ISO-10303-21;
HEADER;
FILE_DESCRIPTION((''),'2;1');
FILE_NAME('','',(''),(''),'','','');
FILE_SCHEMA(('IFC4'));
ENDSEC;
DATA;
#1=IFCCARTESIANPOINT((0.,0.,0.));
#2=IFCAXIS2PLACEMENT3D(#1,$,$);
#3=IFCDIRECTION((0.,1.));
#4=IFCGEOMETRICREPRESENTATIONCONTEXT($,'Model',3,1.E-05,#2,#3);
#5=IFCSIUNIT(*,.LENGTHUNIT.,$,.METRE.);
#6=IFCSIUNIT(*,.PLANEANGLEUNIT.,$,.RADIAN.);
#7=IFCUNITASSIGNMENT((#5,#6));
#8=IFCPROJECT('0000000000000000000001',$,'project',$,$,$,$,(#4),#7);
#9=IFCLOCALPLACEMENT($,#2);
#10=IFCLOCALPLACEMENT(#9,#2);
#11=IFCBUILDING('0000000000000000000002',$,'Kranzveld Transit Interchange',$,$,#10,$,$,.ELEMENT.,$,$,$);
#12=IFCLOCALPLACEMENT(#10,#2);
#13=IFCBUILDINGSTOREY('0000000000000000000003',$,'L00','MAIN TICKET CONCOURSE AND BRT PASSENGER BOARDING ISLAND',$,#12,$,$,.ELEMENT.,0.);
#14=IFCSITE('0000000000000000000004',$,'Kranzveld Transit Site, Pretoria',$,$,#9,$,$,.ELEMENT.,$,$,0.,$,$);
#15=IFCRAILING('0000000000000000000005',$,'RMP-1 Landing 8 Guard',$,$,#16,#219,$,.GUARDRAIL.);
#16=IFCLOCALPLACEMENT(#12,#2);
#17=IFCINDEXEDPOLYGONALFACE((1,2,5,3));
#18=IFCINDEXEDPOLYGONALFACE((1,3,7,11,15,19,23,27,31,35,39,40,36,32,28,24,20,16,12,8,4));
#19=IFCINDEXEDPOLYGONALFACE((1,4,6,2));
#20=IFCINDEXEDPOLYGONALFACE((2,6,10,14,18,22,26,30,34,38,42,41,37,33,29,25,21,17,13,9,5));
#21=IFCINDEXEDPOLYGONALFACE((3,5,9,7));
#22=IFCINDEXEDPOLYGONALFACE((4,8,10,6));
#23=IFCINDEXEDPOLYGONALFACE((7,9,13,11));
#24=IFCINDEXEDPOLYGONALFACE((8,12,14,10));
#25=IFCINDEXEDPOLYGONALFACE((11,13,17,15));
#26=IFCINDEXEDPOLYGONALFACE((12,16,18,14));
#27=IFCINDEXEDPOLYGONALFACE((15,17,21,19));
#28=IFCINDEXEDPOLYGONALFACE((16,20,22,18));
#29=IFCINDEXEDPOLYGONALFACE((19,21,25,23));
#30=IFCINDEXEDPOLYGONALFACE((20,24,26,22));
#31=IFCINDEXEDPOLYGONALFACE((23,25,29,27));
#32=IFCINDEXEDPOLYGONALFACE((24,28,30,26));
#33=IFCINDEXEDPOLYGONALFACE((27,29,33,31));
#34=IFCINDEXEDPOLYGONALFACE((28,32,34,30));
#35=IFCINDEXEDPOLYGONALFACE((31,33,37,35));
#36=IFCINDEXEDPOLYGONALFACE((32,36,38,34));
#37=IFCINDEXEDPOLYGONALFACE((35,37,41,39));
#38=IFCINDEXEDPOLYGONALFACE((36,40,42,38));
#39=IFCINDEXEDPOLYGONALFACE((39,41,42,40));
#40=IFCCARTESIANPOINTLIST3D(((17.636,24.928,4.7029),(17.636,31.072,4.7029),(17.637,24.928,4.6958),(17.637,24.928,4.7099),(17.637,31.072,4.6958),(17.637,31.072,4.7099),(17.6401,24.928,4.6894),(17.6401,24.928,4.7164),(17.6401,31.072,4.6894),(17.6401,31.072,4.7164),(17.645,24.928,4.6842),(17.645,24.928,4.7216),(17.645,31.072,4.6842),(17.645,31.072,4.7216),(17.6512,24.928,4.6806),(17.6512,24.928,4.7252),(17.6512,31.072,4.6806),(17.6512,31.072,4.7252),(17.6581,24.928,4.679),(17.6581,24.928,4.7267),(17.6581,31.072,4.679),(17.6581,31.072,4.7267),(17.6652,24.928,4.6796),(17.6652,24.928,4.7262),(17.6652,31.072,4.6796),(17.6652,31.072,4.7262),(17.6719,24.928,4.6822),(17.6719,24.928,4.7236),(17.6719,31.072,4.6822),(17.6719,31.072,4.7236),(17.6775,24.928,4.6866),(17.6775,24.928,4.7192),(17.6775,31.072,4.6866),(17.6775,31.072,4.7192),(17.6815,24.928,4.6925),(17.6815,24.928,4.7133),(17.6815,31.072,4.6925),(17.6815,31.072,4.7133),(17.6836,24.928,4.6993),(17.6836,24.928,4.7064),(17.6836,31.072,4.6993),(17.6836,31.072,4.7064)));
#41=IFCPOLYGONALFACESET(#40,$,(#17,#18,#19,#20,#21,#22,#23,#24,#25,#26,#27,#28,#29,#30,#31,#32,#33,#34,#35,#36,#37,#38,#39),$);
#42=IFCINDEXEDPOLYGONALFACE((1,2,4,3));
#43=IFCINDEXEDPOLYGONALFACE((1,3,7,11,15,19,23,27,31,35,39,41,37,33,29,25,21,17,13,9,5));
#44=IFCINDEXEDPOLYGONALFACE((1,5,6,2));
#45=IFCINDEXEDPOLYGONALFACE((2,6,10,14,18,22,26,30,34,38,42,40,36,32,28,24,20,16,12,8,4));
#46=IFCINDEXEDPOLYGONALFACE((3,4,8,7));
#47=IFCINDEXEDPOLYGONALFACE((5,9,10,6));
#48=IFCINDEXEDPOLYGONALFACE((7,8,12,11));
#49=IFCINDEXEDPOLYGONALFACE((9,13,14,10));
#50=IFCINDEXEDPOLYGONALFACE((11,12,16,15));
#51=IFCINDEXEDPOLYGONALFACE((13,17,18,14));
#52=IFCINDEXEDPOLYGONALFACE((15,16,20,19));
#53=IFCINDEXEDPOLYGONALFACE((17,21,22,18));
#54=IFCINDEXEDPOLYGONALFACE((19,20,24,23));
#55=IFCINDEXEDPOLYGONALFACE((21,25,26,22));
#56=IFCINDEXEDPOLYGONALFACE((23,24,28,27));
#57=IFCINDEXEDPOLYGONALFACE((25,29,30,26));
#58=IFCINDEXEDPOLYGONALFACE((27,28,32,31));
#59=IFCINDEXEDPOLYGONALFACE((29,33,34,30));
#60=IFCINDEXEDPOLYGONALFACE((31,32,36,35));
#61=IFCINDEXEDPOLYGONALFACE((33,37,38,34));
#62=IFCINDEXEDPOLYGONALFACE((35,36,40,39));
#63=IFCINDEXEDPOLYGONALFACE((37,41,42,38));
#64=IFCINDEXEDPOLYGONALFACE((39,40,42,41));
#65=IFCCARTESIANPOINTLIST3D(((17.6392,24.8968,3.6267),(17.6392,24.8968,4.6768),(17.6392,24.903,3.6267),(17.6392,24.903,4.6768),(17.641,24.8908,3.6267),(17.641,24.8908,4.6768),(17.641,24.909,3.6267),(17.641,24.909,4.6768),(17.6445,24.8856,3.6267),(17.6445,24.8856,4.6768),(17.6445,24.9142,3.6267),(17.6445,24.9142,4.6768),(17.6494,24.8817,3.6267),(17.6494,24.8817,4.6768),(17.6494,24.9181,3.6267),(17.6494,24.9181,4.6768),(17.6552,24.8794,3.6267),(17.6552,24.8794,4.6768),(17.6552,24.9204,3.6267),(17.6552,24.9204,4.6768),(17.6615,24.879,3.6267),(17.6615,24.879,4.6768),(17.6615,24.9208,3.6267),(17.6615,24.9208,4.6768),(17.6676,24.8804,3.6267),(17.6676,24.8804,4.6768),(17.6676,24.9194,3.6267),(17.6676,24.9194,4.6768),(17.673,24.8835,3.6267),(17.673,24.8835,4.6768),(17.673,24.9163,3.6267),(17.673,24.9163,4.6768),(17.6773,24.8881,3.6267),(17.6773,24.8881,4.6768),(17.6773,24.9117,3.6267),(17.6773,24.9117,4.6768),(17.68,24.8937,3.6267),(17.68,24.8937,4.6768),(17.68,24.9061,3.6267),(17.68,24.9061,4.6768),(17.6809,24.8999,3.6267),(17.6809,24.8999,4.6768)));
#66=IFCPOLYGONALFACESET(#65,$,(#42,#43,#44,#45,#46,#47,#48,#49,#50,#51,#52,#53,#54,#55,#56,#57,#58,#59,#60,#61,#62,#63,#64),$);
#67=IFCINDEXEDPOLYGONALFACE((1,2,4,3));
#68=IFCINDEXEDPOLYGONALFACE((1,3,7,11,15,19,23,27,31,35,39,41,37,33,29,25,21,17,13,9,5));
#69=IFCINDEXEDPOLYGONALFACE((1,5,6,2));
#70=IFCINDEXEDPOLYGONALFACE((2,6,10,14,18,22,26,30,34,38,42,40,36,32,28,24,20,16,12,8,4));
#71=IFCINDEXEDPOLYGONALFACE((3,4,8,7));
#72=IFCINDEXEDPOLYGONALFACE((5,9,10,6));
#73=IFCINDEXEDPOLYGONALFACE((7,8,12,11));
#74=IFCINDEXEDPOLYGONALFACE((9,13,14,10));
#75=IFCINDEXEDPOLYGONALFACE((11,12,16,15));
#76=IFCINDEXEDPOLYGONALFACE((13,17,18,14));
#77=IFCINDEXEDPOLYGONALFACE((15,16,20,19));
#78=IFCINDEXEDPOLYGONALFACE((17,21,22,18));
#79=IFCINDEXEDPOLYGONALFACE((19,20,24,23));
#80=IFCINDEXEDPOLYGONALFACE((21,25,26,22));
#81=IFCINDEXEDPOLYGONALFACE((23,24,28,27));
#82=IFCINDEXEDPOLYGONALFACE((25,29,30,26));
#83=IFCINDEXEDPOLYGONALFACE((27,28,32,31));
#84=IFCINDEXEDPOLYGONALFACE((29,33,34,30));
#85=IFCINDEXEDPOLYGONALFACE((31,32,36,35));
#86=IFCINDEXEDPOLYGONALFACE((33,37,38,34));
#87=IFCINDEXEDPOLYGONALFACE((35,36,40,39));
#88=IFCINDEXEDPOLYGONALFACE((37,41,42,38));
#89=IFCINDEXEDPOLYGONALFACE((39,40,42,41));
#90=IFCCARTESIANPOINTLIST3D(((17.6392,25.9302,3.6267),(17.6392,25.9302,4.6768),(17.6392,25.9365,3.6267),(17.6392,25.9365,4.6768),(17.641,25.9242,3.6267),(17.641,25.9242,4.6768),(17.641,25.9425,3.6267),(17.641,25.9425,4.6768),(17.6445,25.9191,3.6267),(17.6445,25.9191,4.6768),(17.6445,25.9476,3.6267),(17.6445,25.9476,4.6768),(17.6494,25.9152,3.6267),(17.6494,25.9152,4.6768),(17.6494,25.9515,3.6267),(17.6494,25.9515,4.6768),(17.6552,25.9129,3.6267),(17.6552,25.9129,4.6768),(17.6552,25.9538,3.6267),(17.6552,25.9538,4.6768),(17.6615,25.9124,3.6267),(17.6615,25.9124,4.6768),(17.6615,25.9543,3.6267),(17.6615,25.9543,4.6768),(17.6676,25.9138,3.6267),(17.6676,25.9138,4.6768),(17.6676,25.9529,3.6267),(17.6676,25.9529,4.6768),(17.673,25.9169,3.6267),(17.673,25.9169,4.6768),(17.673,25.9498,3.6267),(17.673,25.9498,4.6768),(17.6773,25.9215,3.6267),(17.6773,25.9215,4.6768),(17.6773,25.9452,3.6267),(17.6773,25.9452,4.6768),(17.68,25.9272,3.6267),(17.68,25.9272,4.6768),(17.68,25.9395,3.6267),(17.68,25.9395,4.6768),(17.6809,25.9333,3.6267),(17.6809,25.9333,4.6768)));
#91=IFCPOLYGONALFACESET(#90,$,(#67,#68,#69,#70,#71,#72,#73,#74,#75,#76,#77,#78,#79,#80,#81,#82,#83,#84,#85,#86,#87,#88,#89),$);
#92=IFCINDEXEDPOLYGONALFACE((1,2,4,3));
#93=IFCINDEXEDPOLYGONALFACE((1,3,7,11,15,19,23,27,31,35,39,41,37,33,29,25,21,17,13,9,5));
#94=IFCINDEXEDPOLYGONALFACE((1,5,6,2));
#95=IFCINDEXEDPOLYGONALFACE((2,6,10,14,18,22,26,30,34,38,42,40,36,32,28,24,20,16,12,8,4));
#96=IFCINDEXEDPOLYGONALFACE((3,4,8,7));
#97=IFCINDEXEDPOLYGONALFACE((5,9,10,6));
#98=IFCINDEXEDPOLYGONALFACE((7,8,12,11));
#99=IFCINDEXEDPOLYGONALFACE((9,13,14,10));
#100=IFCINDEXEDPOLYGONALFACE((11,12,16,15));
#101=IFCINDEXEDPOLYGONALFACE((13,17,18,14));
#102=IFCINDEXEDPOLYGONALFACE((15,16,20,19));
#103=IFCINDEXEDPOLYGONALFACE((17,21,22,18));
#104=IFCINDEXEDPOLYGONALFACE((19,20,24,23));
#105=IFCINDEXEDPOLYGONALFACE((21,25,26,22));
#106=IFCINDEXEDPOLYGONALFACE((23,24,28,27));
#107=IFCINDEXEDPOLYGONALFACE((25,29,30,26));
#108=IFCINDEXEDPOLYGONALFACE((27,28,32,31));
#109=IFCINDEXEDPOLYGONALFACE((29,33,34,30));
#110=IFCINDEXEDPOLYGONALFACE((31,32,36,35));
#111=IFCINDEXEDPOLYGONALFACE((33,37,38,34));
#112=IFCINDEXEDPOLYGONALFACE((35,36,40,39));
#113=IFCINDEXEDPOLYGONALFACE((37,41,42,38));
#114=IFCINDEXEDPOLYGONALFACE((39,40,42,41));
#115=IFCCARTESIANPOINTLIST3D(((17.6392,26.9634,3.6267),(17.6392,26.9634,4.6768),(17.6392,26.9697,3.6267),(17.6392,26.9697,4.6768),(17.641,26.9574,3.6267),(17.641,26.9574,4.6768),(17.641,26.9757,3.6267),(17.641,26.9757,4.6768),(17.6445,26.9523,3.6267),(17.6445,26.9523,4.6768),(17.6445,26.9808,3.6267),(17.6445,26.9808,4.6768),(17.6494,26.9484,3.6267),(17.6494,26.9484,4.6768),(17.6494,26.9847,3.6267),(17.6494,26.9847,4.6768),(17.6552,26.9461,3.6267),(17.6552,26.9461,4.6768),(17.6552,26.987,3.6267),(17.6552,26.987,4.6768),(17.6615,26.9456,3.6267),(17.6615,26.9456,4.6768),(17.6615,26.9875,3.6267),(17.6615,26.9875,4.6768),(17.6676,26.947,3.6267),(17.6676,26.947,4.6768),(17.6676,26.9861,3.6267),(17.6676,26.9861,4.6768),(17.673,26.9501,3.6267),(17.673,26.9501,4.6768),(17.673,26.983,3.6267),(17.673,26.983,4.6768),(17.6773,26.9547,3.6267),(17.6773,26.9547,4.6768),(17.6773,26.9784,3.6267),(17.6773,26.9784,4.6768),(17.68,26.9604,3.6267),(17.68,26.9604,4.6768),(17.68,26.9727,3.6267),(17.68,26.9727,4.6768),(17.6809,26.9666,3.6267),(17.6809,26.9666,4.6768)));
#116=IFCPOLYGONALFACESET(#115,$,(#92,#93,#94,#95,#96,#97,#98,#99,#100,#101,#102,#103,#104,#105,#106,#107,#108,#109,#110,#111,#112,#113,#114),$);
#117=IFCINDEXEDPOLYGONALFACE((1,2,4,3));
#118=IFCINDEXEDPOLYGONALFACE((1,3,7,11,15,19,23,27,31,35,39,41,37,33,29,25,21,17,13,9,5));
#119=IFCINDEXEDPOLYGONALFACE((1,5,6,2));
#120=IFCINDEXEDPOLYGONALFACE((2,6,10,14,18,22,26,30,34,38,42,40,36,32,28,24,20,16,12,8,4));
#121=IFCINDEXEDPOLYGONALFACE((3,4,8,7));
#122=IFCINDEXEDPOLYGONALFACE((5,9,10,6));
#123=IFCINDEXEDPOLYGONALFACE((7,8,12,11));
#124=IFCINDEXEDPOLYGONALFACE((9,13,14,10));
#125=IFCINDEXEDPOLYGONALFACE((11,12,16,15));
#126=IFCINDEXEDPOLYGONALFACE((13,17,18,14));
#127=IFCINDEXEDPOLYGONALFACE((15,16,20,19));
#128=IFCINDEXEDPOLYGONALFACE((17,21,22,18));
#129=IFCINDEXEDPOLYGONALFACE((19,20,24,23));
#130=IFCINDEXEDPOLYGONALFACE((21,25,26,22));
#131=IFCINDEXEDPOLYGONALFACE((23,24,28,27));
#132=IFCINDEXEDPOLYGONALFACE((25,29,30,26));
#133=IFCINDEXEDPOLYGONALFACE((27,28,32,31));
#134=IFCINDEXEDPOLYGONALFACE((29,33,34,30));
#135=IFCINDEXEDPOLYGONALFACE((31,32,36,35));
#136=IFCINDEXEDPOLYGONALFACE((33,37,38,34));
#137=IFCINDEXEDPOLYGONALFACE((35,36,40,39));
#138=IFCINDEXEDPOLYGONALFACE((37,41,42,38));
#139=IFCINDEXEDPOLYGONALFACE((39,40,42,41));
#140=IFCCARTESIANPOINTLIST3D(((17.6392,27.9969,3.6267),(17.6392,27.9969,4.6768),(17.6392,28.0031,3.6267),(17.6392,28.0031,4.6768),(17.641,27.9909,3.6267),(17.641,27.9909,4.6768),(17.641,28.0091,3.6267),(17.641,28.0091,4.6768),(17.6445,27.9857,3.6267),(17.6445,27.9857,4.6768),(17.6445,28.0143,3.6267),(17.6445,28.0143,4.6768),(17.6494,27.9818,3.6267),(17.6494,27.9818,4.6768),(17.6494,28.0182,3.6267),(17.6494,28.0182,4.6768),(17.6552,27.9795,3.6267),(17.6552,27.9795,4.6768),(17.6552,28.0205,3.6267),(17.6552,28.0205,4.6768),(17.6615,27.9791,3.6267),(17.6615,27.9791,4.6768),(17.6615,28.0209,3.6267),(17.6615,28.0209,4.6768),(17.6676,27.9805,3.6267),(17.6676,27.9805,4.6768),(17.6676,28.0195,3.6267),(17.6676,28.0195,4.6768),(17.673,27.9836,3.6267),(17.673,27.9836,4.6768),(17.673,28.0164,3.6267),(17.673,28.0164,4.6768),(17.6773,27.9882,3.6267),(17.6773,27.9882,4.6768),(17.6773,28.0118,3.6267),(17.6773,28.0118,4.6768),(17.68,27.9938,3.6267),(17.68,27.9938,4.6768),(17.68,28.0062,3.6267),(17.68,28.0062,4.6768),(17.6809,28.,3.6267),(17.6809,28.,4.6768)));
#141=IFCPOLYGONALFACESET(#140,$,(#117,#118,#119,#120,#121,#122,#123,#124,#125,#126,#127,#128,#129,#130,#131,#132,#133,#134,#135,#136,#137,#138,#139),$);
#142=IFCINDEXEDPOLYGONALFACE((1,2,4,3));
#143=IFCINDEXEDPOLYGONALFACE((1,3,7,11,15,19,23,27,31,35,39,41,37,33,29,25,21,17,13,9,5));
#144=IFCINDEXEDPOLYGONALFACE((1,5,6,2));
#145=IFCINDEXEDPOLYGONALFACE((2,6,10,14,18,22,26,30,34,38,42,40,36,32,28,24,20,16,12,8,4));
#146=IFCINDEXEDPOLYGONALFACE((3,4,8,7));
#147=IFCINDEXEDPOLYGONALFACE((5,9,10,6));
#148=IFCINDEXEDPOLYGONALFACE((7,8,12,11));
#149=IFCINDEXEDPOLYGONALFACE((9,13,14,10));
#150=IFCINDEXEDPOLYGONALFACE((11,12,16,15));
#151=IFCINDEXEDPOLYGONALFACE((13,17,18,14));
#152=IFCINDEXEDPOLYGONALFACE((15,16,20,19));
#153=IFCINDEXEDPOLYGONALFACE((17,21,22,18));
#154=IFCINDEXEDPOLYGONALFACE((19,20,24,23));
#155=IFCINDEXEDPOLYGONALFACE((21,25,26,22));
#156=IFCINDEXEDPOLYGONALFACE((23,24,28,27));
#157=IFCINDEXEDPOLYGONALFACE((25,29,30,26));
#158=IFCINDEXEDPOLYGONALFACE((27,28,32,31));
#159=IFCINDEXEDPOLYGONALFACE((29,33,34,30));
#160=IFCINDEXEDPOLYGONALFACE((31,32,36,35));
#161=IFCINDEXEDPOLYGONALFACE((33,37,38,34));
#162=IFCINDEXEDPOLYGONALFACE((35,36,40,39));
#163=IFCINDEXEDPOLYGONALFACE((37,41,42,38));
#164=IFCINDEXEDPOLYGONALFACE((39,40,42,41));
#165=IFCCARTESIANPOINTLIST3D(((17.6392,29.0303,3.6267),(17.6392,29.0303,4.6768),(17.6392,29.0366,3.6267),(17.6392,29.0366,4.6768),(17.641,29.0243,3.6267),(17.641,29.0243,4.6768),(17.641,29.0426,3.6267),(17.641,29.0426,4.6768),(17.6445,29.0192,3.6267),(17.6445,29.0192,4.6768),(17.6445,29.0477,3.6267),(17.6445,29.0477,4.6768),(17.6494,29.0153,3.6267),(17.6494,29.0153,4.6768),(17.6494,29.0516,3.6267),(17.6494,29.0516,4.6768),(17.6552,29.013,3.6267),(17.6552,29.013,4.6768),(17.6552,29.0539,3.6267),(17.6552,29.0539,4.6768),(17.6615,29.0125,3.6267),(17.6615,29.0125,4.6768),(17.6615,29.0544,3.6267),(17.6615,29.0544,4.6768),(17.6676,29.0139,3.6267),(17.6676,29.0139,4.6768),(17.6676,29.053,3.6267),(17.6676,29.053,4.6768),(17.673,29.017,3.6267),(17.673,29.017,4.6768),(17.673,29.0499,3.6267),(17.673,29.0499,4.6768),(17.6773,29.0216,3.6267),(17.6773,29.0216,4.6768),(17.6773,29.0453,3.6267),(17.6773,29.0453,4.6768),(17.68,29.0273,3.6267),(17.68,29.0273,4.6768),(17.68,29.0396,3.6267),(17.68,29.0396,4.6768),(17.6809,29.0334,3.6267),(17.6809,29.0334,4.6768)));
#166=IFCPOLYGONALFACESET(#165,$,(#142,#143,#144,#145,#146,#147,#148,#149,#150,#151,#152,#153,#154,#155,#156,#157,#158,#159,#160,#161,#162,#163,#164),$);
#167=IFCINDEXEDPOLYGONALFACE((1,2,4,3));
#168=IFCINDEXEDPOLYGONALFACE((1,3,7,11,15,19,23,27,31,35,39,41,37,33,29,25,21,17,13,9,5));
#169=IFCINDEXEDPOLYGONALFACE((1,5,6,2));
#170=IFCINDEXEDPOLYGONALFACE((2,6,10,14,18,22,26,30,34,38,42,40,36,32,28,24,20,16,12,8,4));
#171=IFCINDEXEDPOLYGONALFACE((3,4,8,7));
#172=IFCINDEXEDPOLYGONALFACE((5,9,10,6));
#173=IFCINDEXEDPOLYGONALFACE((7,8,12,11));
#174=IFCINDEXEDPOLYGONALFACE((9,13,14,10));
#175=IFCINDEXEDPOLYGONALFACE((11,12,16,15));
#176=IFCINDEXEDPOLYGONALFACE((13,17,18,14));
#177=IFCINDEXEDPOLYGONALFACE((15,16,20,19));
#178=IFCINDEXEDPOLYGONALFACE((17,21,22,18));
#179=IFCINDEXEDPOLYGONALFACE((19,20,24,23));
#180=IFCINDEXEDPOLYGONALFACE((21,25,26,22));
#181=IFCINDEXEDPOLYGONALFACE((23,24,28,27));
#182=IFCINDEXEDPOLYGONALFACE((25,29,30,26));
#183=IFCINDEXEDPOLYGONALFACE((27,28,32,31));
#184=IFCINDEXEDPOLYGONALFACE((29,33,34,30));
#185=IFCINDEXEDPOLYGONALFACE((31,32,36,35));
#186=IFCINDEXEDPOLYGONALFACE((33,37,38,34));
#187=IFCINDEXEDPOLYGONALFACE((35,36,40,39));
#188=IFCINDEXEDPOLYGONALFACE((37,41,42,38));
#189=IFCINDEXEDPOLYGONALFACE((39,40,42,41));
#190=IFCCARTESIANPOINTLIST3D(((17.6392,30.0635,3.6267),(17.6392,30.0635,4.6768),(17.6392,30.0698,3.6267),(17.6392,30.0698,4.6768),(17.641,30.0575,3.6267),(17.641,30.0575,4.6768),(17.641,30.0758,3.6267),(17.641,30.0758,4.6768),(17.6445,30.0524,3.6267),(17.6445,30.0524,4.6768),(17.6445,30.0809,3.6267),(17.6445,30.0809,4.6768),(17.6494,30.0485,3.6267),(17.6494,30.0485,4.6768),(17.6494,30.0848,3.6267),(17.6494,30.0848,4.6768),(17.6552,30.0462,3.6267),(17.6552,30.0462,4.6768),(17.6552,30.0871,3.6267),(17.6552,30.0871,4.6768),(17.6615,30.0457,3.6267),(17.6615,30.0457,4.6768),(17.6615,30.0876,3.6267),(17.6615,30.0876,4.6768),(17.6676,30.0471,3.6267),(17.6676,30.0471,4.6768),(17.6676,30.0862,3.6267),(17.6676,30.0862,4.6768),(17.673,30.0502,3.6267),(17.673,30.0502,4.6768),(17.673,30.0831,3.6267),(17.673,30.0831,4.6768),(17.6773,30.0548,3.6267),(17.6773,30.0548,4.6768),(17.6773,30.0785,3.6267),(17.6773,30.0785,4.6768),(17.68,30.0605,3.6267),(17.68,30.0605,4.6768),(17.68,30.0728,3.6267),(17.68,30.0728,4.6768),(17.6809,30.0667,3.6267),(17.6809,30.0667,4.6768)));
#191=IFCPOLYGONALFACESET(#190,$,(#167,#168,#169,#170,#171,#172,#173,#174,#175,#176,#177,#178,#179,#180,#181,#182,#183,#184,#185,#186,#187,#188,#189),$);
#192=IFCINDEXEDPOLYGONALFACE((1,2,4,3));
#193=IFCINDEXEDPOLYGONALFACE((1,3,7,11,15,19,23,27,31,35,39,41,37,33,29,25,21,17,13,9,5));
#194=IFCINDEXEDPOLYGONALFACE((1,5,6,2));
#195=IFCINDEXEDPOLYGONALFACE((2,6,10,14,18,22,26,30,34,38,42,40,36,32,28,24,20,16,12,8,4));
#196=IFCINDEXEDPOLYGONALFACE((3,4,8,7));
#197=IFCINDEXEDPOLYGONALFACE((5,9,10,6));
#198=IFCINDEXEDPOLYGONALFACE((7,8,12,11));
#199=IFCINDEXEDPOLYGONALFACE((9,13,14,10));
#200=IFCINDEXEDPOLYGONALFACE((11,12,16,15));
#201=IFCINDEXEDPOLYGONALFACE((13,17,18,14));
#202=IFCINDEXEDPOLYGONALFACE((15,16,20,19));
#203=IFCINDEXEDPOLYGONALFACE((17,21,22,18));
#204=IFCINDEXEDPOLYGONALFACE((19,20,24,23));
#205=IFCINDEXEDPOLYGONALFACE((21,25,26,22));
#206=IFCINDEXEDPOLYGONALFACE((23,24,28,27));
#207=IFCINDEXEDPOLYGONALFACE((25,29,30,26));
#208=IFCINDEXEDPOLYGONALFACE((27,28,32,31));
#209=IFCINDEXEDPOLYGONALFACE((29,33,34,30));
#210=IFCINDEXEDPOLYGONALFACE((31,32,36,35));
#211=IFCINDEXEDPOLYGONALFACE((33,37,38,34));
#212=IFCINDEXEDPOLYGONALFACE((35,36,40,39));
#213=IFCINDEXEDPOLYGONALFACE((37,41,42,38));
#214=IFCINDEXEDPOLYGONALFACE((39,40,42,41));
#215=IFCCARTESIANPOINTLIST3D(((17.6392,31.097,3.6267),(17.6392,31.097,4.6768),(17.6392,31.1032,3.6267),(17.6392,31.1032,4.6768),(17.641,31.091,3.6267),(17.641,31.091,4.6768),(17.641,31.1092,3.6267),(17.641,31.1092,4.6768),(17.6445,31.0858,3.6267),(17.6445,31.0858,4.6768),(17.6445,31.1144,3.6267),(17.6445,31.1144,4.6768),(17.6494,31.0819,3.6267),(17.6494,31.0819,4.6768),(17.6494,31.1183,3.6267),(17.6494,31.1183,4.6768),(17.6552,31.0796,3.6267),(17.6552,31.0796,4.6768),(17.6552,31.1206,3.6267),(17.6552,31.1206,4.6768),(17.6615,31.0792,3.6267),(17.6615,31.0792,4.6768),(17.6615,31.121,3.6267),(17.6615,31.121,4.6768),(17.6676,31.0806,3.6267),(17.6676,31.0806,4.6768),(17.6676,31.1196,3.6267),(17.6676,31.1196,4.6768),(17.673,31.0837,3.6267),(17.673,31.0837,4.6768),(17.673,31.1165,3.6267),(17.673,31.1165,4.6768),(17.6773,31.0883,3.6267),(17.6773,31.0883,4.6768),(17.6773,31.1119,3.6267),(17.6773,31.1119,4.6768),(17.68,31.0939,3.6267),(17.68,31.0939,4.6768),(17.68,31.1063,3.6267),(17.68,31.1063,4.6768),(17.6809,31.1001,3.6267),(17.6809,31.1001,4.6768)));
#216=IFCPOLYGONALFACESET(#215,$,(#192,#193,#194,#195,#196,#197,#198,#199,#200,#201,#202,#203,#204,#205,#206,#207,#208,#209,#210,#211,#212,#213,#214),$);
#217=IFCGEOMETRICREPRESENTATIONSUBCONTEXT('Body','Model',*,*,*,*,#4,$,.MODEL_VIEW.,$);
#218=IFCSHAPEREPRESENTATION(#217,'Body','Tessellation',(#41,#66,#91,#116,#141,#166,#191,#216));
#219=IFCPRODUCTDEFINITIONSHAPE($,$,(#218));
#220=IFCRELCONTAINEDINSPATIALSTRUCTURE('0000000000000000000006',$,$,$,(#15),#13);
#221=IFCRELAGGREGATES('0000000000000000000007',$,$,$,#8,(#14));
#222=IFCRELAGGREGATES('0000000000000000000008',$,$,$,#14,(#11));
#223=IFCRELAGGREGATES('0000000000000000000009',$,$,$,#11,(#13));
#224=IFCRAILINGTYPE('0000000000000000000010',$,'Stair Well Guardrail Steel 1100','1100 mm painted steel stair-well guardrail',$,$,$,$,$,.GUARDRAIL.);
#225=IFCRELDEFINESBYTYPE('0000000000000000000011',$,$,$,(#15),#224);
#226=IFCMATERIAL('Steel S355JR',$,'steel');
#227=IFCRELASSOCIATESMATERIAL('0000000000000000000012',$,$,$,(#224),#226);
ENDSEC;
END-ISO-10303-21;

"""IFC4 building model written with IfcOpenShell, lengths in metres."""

from ifc_helpers import new_model, si_unit, direction, frame, origin, origin_2d, place, context, subcontext, project, spatial, circle, extrude, material, type_object, element, save


model = new_model("IFC4")

# Units and contexts
model_context = context("Model", 3, precision=1e-05, world=origin(), true_north=direction((0.0, 1.0)))
body_context = subcontext(model_context, "Body", "Model", "MODEL_VIEW")
ifc_project = project(units=[si_unit("LENGTHUNIT", "METRE"), si_unit("PLANEANGLEUNIT", "RADIAN")], contexts=[model_context])

# Site, building, storey
site_placement = place(None, origin())
site = spatial("IfcSite", under=ifc_project, at=site_placement, Name="Kranzveld Transit Site, Pretoria", CompositionType="ELEMENT", RefElevation=0.0)
building_placement = place(site_placement, origin())
building = spatial("IfcBuilding", under=site, at=building_placement, Name="Kranzveld Transit Interchange", CompositionType="ELEMENT")
storey_placement = place(building_placement, origin())
storey = spatial("IfcBuildingStorey", under=building, at=storey_placement, Name="L00", Description="MAIN TICKET CONCOURSE AND BRT PASSENGER BOARDING ISLAND", CompositionType="ELEMENT", Elevation=0.0)

# Railing
ifc_material_1 = material(Name="Steel S355JR", Category="steel")
railing_type = type_object("IfcRailingType", Name="Stair Well Guardrail Steel 1100", Description="1100 mm painted steel stair-well guardrail", PredefinedType="GUARDRAIL", material=ifc_material_1)
for number, where, name in (
    (1, (17.6599, 24.8999, 3.6267), "RMP-1 Landing 8 Guard"),
):
    element("IfcRailing", number, at=place(storey_placement, frame(where)), inside=storey, type_object=railing_type, Name=name, PredefinedType="GUARDRAIL", context=body_context, shape_type="SweptSolid", body=[
        extrude(circle(Radius=0.0239, at=origin_2d()), frame((0.0, 0.0281, 1.0762), z_axis=(0.0, 1.0, 0.0), x_axis=(-1.0, 0.0, 0.0)), (0.0, 0.0, 1.0), 6.144),
        extrude(circle(Radius=0.021, at=origin_2d()), origin(), (0.0, 0.0, 1.0), 1.05),
        extrude(circle(Radius=0.021, at=origin_2d()), frame((0.0, 1.0334, 0.0)), (0.0, 0.0, 1.0), 1.05),
        extrude(circle(Radius=0.021, at=origin_2d()), frame((0.0, 2.0667, 0.0)), (0.0, 0.0, 1.0), 1.05),
        extrude(circle(Radius=0.021, at=origin_2d()), frame((0.0, 3.1001, 0.0)), (0.0, 0.0, 1.0), 1.05),
        extrude(circle(Radius=0.021, at=origin_2d()), frame((0.0, 4.1335, 0.0)), (0.0, 0.0, 1.0), 1.05),
        extrude(circle(Radius=0.021, at=origin_2d()), frame((0.0, 5.1667, 0.0)), (0.0, 0.0, 1.0), 1.05),
        extrude(circle(Radius=0.021, at=origin_2d()), frame((0.0, 6.2002, 0.0)), (0.0, 0.0, 1.0), 1.05),
    ])

save(model, "model.ifc")
